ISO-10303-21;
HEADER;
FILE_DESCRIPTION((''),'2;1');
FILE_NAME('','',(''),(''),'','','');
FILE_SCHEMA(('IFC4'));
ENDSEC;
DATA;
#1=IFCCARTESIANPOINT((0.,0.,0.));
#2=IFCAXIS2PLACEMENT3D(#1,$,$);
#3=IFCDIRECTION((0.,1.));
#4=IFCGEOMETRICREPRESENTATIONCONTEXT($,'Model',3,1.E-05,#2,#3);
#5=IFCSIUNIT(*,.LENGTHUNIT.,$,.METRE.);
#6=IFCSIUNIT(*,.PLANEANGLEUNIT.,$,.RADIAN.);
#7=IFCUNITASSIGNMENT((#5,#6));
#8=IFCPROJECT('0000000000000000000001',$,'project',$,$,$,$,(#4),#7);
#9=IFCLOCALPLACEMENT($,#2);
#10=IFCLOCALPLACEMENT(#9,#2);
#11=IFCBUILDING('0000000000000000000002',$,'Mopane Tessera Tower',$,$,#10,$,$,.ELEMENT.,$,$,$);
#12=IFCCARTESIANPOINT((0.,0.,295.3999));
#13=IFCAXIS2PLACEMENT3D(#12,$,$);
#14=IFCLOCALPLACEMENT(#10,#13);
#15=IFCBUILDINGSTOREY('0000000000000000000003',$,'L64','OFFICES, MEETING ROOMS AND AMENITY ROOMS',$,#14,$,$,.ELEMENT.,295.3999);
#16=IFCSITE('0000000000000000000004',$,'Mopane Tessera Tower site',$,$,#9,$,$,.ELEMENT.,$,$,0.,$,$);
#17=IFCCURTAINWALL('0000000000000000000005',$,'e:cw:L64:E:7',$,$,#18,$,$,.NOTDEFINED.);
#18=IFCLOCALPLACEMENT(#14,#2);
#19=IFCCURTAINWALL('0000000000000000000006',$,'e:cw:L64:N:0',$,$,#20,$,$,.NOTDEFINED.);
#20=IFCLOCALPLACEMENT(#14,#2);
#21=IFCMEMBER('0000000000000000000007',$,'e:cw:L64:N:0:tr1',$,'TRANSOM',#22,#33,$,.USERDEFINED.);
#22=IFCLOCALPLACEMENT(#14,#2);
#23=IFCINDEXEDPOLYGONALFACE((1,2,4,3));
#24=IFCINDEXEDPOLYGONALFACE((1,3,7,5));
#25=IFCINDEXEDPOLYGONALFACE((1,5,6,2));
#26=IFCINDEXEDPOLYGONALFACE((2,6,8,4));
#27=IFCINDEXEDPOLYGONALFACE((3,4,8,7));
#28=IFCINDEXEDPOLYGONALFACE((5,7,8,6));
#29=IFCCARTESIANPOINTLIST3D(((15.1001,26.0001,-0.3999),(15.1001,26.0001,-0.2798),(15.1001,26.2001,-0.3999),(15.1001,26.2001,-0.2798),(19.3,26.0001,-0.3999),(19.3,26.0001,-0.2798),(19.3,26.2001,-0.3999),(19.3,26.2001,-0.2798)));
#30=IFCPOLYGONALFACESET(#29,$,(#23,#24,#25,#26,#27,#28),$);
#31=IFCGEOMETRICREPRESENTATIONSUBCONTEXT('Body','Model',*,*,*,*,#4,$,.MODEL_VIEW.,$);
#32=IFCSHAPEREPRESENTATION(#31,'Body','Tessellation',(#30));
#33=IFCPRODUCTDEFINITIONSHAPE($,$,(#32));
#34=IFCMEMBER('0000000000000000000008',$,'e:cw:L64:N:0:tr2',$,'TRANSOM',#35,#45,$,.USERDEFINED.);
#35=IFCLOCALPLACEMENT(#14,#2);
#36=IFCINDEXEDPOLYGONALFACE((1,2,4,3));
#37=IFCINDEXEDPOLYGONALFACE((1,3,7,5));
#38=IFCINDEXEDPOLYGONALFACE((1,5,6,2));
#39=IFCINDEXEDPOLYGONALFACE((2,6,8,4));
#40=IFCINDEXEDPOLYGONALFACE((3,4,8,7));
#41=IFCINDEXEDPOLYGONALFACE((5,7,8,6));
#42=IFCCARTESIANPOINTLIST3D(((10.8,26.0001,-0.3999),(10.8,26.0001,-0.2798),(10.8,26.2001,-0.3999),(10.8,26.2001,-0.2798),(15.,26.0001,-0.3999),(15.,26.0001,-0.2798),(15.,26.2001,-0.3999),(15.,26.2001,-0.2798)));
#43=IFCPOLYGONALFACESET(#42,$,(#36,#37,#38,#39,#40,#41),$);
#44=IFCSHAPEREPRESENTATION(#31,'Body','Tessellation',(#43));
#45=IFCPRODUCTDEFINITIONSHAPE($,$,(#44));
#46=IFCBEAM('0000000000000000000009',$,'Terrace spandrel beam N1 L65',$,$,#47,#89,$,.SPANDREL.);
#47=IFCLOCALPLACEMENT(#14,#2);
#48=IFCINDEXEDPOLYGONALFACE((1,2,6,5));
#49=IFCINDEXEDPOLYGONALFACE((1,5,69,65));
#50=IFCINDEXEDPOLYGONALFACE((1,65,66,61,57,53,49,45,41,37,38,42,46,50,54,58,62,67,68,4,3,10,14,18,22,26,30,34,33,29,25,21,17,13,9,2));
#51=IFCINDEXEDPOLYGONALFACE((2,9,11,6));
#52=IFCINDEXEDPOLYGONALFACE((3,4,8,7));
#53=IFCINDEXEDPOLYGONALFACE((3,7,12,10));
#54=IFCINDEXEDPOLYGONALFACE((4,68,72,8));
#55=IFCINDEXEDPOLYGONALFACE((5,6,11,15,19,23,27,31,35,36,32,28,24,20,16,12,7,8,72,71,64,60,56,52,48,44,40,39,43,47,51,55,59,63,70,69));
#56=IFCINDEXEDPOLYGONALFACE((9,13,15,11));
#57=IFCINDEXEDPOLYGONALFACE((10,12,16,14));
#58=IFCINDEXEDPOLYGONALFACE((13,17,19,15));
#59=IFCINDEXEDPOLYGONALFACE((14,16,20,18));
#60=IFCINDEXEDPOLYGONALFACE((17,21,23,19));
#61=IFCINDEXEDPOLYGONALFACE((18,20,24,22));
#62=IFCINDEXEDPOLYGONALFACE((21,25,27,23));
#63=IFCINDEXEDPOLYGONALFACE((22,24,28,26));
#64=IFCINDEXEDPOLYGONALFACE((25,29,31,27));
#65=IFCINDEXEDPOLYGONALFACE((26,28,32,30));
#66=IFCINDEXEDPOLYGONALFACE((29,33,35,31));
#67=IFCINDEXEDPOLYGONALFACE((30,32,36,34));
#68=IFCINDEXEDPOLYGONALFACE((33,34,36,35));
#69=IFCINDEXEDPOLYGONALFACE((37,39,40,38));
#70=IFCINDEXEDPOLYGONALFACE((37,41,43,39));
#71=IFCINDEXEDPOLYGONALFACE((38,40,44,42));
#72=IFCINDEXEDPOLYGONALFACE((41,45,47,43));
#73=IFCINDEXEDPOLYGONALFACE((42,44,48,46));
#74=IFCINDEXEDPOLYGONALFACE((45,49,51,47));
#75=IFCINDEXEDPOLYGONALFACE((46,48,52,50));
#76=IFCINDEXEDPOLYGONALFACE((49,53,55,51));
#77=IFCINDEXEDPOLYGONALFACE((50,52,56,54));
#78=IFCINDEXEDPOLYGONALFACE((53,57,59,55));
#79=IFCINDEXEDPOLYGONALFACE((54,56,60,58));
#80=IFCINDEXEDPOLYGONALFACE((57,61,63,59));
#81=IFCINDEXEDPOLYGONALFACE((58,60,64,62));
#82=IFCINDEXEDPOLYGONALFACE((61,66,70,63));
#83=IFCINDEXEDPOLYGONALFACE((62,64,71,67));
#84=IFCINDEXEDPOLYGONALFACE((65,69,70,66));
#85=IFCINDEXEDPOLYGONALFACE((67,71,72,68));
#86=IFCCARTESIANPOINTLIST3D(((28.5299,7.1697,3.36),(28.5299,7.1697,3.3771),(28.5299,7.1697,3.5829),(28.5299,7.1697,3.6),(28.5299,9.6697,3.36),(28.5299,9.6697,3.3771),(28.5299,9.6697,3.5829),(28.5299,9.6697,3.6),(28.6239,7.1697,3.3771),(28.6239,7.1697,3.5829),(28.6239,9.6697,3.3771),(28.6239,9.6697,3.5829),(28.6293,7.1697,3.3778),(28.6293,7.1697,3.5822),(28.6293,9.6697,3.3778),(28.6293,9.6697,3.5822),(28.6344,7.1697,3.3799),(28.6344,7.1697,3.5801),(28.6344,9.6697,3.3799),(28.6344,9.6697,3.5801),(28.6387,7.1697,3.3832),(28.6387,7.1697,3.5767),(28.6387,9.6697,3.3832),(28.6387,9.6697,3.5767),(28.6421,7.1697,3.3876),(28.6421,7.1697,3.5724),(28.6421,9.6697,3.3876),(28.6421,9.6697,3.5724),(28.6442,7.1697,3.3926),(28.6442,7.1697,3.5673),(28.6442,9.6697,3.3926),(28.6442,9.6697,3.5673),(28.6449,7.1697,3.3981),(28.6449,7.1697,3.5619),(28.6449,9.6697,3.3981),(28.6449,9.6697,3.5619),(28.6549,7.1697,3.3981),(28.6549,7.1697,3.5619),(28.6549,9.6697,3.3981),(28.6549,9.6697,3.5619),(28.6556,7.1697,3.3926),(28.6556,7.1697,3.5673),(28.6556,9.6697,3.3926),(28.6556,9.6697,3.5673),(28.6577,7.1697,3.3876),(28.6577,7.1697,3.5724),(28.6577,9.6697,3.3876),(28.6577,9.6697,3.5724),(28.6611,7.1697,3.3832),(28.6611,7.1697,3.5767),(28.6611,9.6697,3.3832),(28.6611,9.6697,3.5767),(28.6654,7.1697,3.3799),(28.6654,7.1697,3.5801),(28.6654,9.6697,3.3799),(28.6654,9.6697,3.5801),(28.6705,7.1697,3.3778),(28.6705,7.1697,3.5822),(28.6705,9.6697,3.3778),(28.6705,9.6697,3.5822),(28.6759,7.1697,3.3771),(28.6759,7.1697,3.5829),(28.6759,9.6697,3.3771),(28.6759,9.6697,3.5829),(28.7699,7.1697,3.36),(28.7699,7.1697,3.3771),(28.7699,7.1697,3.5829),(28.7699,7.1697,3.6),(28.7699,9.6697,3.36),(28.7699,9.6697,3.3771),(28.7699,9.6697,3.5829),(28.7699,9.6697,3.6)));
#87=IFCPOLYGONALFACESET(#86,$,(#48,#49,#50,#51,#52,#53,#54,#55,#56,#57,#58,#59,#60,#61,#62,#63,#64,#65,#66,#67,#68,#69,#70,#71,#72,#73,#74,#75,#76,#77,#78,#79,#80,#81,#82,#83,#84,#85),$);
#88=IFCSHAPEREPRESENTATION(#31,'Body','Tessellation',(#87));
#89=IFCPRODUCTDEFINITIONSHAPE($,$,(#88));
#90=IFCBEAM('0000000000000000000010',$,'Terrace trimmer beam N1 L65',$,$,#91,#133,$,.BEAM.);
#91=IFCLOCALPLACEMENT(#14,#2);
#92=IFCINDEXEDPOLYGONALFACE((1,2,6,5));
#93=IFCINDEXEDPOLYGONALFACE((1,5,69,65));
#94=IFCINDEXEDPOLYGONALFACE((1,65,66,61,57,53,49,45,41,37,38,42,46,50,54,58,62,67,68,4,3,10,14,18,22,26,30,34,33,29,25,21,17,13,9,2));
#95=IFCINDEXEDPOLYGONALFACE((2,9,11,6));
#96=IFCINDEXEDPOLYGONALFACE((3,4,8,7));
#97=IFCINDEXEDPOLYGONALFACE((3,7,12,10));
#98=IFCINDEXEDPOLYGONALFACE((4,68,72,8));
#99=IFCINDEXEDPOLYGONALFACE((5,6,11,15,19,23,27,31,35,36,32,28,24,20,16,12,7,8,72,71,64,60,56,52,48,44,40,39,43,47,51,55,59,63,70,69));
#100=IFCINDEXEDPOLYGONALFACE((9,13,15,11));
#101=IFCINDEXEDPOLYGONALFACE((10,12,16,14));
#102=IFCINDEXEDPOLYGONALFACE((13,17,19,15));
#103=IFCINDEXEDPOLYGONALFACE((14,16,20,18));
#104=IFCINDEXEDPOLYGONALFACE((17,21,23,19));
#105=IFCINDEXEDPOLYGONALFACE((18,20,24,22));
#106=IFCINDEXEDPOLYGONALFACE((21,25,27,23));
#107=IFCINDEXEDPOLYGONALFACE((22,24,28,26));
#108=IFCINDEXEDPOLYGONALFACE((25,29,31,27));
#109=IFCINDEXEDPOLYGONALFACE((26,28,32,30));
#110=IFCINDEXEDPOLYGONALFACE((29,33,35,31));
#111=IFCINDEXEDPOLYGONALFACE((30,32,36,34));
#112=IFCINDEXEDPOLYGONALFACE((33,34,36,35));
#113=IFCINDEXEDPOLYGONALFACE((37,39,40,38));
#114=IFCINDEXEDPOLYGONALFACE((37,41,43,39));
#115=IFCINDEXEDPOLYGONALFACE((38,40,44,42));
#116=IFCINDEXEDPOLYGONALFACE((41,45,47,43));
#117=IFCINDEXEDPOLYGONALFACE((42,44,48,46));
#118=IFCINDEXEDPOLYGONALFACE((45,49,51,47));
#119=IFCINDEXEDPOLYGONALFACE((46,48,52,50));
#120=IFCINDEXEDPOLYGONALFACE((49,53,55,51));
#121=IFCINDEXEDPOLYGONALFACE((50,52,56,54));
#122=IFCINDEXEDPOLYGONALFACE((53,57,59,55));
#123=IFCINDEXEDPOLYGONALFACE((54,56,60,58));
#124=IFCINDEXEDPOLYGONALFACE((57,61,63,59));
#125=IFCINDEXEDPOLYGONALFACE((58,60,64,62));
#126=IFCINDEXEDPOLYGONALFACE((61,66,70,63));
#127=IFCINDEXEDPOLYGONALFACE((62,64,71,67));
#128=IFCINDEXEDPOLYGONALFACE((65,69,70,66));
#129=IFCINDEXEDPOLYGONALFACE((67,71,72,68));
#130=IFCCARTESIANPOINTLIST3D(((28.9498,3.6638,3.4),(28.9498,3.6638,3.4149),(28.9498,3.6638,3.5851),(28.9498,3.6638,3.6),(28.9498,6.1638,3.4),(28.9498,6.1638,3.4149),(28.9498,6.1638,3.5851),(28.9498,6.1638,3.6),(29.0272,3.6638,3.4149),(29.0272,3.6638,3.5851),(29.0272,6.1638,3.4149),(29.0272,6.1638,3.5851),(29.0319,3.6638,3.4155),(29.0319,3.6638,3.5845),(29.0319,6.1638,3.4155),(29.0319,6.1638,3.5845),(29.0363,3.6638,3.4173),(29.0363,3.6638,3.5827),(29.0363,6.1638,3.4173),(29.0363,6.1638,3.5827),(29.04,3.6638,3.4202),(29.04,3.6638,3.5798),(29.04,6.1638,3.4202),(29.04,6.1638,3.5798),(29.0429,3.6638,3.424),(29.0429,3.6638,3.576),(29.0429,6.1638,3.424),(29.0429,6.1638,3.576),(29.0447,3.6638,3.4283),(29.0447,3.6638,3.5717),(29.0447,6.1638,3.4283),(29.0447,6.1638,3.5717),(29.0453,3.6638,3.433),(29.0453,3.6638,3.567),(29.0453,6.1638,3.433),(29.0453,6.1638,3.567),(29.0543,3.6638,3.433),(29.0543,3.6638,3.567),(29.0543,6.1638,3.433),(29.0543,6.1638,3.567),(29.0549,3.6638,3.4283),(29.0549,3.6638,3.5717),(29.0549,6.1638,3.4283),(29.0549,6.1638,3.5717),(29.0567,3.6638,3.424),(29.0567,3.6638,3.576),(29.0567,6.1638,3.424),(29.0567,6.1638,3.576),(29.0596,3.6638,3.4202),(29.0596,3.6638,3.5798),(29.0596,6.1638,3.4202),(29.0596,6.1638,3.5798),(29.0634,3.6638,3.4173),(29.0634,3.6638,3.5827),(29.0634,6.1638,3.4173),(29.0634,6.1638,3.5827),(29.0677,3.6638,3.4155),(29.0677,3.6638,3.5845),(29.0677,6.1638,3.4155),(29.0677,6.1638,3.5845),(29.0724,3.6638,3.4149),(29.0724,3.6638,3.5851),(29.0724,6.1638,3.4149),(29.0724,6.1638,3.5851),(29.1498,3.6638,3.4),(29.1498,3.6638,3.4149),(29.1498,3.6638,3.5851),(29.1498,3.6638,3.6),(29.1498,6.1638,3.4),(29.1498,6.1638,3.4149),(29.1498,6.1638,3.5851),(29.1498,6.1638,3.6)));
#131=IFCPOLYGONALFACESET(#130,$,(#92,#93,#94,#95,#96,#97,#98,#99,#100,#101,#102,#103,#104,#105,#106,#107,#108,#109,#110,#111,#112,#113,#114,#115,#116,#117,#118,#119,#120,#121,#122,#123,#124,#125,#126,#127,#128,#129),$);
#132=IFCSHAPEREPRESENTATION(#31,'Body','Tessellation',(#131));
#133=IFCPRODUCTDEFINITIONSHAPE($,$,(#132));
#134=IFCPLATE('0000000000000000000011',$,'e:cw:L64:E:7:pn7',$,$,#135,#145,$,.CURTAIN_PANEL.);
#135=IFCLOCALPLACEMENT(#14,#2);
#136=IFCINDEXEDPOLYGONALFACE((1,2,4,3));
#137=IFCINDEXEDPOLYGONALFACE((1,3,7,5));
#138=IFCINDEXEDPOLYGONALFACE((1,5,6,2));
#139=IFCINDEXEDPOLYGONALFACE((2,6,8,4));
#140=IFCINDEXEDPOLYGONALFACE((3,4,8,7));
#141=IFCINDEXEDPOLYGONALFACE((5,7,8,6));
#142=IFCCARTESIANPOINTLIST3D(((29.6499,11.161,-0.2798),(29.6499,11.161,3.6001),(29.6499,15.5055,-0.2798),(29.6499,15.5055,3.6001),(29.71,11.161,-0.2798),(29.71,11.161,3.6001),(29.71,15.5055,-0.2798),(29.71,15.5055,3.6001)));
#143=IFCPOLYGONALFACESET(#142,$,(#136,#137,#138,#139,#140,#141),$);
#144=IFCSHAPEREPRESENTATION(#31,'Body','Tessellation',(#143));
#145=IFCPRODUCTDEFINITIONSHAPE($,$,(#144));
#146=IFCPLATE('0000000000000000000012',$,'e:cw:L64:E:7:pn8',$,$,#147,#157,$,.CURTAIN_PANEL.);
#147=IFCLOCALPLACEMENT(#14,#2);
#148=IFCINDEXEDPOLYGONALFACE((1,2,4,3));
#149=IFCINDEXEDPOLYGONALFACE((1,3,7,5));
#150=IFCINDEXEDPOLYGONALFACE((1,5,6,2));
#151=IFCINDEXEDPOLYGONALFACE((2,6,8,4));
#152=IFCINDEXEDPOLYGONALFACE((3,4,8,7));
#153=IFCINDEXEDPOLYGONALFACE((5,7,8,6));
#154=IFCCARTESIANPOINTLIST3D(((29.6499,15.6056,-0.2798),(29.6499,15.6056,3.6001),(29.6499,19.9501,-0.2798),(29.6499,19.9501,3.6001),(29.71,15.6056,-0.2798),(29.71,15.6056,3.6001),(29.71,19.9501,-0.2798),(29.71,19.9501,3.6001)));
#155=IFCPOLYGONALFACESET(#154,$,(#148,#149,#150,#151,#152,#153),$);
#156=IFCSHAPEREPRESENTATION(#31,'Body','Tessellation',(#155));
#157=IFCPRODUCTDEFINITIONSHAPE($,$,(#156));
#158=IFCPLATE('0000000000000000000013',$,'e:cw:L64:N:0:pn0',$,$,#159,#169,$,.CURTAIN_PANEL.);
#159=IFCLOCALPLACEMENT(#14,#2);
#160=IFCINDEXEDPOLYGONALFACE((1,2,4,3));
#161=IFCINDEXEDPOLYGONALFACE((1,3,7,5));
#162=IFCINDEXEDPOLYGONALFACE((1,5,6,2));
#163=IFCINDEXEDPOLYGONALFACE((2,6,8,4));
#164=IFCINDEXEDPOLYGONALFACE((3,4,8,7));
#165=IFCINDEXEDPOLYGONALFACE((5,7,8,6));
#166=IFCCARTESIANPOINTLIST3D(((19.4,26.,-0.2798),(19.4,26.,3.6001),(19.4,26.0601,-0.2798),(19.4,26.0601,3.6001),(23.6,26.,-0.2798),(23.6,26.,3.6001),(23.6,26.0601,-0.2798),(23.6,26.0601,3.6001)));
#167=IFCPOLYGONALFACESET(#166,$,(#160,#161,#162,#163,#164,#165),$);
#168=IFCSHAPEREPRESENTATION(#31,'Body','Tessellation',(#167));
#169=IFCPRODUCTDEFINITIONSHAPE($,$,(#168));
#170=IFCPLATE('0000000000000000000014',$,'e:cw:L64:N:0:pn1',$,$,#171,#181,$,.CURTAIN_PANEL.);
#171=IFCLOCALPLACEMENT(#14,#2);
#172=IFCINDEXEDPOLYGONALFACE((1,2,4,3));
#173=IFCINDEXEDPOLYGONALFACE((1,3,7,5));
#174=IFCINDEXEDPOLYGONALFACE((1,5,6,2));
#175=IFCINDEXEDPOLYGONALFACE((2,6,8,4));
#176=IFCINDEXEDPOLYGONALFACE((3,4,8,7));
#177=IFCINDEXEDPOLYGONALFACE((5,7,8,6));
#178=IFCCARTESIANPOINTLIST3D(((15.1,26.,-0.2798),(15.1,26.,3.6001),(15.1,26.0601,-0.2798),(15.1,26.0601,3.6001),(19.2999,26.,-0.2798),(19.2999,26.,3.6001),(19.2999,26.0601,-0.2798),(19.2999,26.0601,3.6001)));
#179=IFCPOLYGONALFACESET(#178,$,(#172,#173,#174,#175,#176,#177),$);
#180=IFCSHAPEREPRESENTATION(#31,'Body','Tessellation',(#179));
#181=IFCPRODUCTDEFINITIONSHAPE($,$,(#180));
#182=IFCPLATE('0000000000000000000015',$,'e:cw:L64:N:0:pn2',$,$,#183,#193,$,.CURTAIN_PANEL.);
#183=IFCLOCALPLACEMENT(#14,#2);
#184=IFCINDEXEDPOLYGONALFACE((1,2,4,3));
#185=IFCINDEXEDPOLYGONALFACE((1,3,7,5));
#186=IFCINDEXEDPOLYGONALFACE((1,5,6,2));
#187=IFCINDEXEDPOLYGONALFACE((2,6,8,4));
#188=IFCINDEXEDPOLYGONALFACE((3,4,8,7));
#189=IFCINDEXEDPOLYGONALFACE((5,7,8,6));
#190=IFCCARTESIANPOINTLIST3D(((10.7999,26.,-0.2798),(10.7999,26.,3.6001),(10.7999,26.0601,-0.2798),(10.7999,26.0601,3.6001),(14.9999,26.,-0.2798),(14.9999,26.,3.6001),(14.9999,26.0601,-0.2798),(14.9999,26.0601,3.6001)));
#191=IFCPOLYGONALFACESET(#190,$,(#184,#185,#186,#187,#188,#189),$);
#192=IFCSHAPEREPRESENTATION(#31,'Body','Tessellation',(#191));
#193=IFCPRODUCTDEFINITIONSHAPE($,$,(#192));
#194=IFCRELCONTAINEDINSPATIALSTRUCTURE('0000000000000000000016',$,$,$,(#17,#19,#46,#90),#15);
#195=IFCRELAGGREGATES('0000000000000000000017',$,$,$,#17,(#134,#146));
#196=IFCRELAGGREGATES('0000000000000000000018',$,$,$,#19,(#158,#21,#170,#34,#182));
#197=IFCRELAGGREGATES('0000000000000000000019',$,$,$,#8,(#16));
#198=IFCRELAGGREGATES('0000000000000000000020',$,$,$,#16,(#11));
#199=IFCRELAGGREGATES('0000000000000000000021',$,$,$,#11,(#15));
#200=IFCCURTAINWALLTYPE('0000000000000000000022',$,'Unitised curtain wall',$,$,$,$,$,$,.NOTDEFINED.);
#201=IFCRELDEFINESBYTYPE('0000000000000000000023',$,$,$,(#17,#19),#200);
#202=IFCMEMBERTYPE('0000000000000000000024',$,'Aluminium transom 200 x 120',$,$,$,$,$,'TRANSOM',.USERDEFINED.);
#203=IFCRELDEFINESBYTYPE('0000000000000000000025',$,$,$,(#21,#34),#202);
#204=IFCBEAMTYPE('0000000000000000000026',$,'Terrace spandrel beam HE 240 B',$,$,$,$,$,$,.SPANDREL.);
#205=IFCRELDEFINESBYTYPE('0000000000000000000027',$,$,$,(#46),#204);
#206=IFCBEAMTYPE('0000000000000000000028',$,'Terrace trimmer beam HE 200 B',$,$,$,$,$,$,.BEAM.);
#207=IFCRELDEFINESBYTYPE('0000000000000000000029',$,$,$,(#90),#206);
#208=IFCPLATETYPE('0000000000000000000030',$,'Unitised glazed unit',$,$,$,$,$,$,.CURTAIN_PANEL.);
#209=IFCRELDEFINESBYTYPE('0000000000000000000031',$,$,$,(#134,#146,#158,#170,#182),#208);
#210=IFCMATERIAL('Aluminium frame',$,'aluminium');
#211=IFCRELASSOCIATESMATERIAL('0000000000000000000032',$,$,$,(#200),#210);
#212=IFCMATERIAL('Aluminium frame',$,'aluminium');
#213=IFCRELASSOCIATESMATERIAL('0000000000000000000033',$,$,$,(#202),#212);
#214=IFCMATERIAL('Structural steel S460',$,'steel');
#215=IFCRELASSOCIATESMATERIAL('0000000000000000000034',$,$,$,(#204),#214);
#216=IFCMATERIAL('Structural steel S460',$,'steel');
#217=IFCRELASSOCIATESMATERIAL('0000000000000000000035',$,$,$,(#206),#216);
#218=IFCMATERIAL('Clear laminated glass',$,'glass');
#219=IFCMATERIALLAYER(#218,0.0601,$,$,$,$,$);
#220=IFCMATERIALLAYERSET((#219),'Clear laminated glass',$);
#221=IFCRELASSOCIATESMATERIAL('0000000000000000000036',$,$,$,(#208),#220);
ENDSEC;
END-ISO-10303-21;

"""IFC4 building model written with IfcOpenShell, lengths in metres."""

from ifc_helpers import new_model, si_unit, direction, frame, origin, origin_2d, place, context, subcontext, project, spatial, rectangle, i_section, extrude, material, layer, layer_set, material_profile, profile_set, type_object, element, aggregate, save


model = new_model("IFC4")

# Units and contexts
model_context = context("Model", 3, precision=1e-05, world=origin(), true_north=direction((0.0, 1.0)))
body_context = subcontext(model_context, "Body", "Model", "MODEL_VIEW")
ifc_project = project(units=[si_unit("LENGTHUNIT", "METRE"), si_unit("PLANEANGLEUNIT", "RADIAN")], contexts=[model_context])

# Site, building, storey
site_placement = place(None, origin())
site = spatial("IfcSite", under=ifc_project, at=site_placement, Name="Mopane Tessera Tower site", CompositionType="ELEMENT", RefElevation=0.0)
building_placement = place(site_placement, origin())
building = spatial("IfcBuilding", under=site, at=building_placement, Name="Mopane Tessera Tower", CompositionType="ELEMENT")
storey_placement = place(building_placement, frame((0.0, 0.0, 295.3999)))
storey = spatial("IfcBuildingStorey", under=building, at=storey_placement, Name="L64", Description="OFFICES, MEETING ROOMS AND AMENITY ROOMS", CompositionType="ELEMENT", Elevation=295.3999)

# Curtain walls
ifc_material_1 = material(Name="Aluminium frame", Category="aluminium")
curtain_wall_type = type_object("IfcCurtainWallType", Name="Unitised curtain wall", PredefinedType="NOTDEFINED", material=ifc_material_1)
curtain_wall_1_placement = place(storey_placement, origin())
curtain_wall_1 = element("IfcCurtainWall", 1, at=curtain_wall_1_placement, inside=storey, type_object=curtain_wall_type, Name="e:cw:L64:E:7", PredefinedType="NOTDEFINED")
curtain_wall_2_placement = place(storey_placement, origin())
curtain_wall_2 = element("IfcCurtainWall", 2, at=curtain_wall_2_placement, inside=storey, type_object=curtain_wall_type, Name="e:cw:L64:N:0", PredefinedType="NOTDEFINED")

# Members
ifc_material_2 = material(Name="Aluminium frame", Category="aluminium")
ifc_material_profile_1 = material_profile(ifc_material_2, rectangle(XDim=0.2, YDim=0.1201, at=origin_2d()))
ifc_profile_set_1 = profile_set([ifc_material_profile_1], Name="Aluminium frame")
member_type_1 = type_object("IfcMemberType", Name="Aluminium transom 200 x 120", ElementType="TRANSOM", PredefinedType="USERDEFINED", material=ifc_profile_set_1)
member_1_placement = place(storey_placement, frame((19.3, 26.1001, -0.3398), z_axis=(-1.0, 0.0, 0.0), x_axis=(0.0, -1.0, 0.0)))
member_1 = element("IfcMember", 3, at=member_1_placement, type_object=member_type_1, Name="e:cw:L64:N:0:tr1", ObjectType="TRANSOM", PredefinedType="USERDEFINED", context=body_context, shape_type="SweptSolid", body=[
    extrude(rectangle(XDim=0.2, YDim=0.1201, at=origin_2d()), origin(), (0.0, 0.0, 1.0), 4.2),
])
member_2_placement = place(storey_placement, frame((15.0, 26.1001, -0.3398), z_axis=(-1.0, 0.0, 0.0), x_axis=(0.0, -1.0, 0.0)))
member_2 = element("IfcMember", 4, at=member_2_placement, type_object=member_type_1, Name="e:cw:L64:N:0:tr2", ObjectType="TRANSOM", PredefinedType="USERDEFINED", context=body_context, shape_type="SweptSolid", body=[
    extrude(rectangle(XDim=0.2, YDim=0.1201, at=origin_2d()), origin(), (0.0, 0.0, 1.0), 4.2),
])

# Beams
ifc_material_3 = material(Name="Structural steel S460", Category="steel")
ifc_material_profile_2 = material_profile(ifc_material_3, i_section(OverallWidth=0.24, OverallDepth=0.24, WebThickness=0.01, FlangeThickness=0.0171, FilletRadius=0.021, at=origin_2d()))
ifc_profile_set_2 = profile_set([ifc_material_profile_2], Name="Structural steel S460")
beam_type_1 = type_object("IfcBeamType", Name="Terrace spandrel beam HE 240 B", PredefinedType="SPANDREL", material=ifc_profile_set_2)
beam_1_placement = place(storey_placement, frame((28.6499, 7.1697, 3.48), z_axis=(0.0, 1.0, 0.0), x_axis=(-1.0, 0.0, 0.0)))
element("IfcBeam", 5, at=beam_1_placement, inside=storey, type_object=beam_type_1, Name="Terrace spandrel beam N1 L65", PredefinedType="SPANDREL", context=body_context, shape_type="SweptSolid", body=[
    extrude(i_section(OverallWidth=0.24, OverallDepth=0.24, WebThickness=0.01, FlangeThickness=0.0171, FilletRadius=0.021, at=origin_2d()), origin(), (0.0, 0.0, 1.0), 2.5),
])
ifc_material_4 = material(Name="Structural steel S460", Category="steel")
ifc_material_profile_3 = material_profile(ifc_material_4, i_section(OverallWidth=0.2, OverallDepth=0.2, WebThickness=0.009, FlangeThickness=0.0149, FilletRadius=0.0181, at=origin_2d()))
ifc_profile_set_3 = profile_set([ifc_material_profile_3], Name="Structural steel S460")
beam_type_2 = type_object("IfcBeamType", Name="Terrace trimmer beam HE 200 B", PredefinedType="BEAM", material=ifc_profile_set_3)
beam_2_placement = place(storey_placement, frame((29.0498, 6.1638, 3.5), z_axis=(0.0, -1.0, 0.0), x_axis=(1.0, 0.0, 0.0)))
element("IfcBeam", 6, at=beam_2_placement, inside=storey, type_object=beam_type_2, Name="Terrace trimmer beam N1 L65", PredefinedType="BEAM", context=body_context, shape_type="SweptSolid", body=[
    extrude(i_section(OverallWidth=0.2, OverallDepth=0.2, WebThickness=0.009, FlangeThickness=0.0149, FilletRadius=0.0181, at=origin_2d()), origin(), (0.0, 0.0, 1.0), 2.5),
])

# Plates
ifc_material_5 = material(Name="Clear laminated glass", Category="glass")
ifc_layer_1 = layer(ifc_material_5, 0.0601)
ifc_layer_set_1 = layer_set([ifc_layer_1], Name="Clear laminated glass")
plate_type = type_object("IfcPlateType", Name="Unitised glazed unit", PredefinedType="CURTAIN_PANEL", material=ifc_layer_set_1)
plate_1_placement = place(storey_placement, frame((29.6799, 13.3333, -0.2798), z_axis=(0.0, 0.0, 1.0), x_axis=(0.0, 1.0, 0.0)))
plate_1 = element("IfcPlate", 7, at=plate_1_placement, type_object=plate_type, Name="e:cw:L64:E:7:pn7", PredefinedType="CURTAIN_PANEL", context=body_context, shape_type="SweptSolid", body=[
    extrude(rectangle(XDim=4.3445, YDim=0.0601, at=origin_2d()), origin(), (0.0, 0.0, 1.0), 3.8799),
])
plate_2_placement = place(storey_placement, frame((29.6799, 17.7778, -0.2798), z_axis=(0.0, 0.0, 1.0), x_axis=(0.0, 1.0, 0.0)))
plate_2 = element("IfcPlate", 8, at=plate_2_placement, type_object=plate_type, Name="e:cw:L64:E:7:pn8", PredefinedType="CURTAIN_PANEL", context=body_context, shape_type="SweptSolid", body=[
    extrude(rectangle(XDim=4.3445, YDim=0.0601, at=origin_2d()), origin(), (0.0, 0.0, 1.0), 3.8799),
])
aggregate(curtain_wall_1, [plate_1, plate_2])
plate_3_placement = place(storey_placement, frame((21.5, 26.03, -0.2798), z_axis=(0.0, 0.0, 1.0), x_axis=(-1.0, 0.0, 0.0)))
plate_3 = element("IfcPlate", 9, at=plate_3_placement, type_object=plate_type, Name="e:cw:L64:N:0:pn0", PredefinedType="CURTAIN_PANEL", context=body_context, shape_type="SweptSolid", body=[
    extrude(rectangle(XDim=4.2, YDim=0.0601, at=origin_2d()), origin(), (0.0, 0.0, 1.0), 3.8799),
])
plate_4_placement = place(storey_placement, frame((17.2, 26.03, -0.2798), z_axis=(0.0, 0.0, 1.0), x_axis=(-1.0, 0.0, 0.0)))
plate_4 = element("IfcPlate", 10, at=plate_4_placement, type_object=plate_type, Name="e:cw:L64:N:0:pn1", PredefinedType="CURTAIN_PANEL", context=body_context, shape_type="SweptSolid", body=[
    extrude(rectangle(XDim=4.2, YDim=0.0601, at=origin_2d()), origin(), (0.0, 0.0, 1.0), 3.8799),
])
plate_5_placement = place(storey_placement, frame((12.8999, 26.03, -0.2798), z_axis=(0.0, 0.0, 1.0), x_axis=(-1.0, 0.0, 0.0)))
plate_5 = element("IfcPlate", 11, at=plate_5_placement, type_object=plate_type, Name="e:cw:L64:N:0:pn2", PredefinedType="CURTAIN_PANEL", context=body_context, shape_type="SweptSolid", body=[
    extrude(rectangle(XDim=4.2, YDim=0.0601, at=origin_2d()), origin(), (0.0, 0.0, 1.0), 3.8799),
])
aggregate(curtain_wall_2, [plate_3, member_1, plate_4, member_2, plate_5])

save(model, "model.ifc")
